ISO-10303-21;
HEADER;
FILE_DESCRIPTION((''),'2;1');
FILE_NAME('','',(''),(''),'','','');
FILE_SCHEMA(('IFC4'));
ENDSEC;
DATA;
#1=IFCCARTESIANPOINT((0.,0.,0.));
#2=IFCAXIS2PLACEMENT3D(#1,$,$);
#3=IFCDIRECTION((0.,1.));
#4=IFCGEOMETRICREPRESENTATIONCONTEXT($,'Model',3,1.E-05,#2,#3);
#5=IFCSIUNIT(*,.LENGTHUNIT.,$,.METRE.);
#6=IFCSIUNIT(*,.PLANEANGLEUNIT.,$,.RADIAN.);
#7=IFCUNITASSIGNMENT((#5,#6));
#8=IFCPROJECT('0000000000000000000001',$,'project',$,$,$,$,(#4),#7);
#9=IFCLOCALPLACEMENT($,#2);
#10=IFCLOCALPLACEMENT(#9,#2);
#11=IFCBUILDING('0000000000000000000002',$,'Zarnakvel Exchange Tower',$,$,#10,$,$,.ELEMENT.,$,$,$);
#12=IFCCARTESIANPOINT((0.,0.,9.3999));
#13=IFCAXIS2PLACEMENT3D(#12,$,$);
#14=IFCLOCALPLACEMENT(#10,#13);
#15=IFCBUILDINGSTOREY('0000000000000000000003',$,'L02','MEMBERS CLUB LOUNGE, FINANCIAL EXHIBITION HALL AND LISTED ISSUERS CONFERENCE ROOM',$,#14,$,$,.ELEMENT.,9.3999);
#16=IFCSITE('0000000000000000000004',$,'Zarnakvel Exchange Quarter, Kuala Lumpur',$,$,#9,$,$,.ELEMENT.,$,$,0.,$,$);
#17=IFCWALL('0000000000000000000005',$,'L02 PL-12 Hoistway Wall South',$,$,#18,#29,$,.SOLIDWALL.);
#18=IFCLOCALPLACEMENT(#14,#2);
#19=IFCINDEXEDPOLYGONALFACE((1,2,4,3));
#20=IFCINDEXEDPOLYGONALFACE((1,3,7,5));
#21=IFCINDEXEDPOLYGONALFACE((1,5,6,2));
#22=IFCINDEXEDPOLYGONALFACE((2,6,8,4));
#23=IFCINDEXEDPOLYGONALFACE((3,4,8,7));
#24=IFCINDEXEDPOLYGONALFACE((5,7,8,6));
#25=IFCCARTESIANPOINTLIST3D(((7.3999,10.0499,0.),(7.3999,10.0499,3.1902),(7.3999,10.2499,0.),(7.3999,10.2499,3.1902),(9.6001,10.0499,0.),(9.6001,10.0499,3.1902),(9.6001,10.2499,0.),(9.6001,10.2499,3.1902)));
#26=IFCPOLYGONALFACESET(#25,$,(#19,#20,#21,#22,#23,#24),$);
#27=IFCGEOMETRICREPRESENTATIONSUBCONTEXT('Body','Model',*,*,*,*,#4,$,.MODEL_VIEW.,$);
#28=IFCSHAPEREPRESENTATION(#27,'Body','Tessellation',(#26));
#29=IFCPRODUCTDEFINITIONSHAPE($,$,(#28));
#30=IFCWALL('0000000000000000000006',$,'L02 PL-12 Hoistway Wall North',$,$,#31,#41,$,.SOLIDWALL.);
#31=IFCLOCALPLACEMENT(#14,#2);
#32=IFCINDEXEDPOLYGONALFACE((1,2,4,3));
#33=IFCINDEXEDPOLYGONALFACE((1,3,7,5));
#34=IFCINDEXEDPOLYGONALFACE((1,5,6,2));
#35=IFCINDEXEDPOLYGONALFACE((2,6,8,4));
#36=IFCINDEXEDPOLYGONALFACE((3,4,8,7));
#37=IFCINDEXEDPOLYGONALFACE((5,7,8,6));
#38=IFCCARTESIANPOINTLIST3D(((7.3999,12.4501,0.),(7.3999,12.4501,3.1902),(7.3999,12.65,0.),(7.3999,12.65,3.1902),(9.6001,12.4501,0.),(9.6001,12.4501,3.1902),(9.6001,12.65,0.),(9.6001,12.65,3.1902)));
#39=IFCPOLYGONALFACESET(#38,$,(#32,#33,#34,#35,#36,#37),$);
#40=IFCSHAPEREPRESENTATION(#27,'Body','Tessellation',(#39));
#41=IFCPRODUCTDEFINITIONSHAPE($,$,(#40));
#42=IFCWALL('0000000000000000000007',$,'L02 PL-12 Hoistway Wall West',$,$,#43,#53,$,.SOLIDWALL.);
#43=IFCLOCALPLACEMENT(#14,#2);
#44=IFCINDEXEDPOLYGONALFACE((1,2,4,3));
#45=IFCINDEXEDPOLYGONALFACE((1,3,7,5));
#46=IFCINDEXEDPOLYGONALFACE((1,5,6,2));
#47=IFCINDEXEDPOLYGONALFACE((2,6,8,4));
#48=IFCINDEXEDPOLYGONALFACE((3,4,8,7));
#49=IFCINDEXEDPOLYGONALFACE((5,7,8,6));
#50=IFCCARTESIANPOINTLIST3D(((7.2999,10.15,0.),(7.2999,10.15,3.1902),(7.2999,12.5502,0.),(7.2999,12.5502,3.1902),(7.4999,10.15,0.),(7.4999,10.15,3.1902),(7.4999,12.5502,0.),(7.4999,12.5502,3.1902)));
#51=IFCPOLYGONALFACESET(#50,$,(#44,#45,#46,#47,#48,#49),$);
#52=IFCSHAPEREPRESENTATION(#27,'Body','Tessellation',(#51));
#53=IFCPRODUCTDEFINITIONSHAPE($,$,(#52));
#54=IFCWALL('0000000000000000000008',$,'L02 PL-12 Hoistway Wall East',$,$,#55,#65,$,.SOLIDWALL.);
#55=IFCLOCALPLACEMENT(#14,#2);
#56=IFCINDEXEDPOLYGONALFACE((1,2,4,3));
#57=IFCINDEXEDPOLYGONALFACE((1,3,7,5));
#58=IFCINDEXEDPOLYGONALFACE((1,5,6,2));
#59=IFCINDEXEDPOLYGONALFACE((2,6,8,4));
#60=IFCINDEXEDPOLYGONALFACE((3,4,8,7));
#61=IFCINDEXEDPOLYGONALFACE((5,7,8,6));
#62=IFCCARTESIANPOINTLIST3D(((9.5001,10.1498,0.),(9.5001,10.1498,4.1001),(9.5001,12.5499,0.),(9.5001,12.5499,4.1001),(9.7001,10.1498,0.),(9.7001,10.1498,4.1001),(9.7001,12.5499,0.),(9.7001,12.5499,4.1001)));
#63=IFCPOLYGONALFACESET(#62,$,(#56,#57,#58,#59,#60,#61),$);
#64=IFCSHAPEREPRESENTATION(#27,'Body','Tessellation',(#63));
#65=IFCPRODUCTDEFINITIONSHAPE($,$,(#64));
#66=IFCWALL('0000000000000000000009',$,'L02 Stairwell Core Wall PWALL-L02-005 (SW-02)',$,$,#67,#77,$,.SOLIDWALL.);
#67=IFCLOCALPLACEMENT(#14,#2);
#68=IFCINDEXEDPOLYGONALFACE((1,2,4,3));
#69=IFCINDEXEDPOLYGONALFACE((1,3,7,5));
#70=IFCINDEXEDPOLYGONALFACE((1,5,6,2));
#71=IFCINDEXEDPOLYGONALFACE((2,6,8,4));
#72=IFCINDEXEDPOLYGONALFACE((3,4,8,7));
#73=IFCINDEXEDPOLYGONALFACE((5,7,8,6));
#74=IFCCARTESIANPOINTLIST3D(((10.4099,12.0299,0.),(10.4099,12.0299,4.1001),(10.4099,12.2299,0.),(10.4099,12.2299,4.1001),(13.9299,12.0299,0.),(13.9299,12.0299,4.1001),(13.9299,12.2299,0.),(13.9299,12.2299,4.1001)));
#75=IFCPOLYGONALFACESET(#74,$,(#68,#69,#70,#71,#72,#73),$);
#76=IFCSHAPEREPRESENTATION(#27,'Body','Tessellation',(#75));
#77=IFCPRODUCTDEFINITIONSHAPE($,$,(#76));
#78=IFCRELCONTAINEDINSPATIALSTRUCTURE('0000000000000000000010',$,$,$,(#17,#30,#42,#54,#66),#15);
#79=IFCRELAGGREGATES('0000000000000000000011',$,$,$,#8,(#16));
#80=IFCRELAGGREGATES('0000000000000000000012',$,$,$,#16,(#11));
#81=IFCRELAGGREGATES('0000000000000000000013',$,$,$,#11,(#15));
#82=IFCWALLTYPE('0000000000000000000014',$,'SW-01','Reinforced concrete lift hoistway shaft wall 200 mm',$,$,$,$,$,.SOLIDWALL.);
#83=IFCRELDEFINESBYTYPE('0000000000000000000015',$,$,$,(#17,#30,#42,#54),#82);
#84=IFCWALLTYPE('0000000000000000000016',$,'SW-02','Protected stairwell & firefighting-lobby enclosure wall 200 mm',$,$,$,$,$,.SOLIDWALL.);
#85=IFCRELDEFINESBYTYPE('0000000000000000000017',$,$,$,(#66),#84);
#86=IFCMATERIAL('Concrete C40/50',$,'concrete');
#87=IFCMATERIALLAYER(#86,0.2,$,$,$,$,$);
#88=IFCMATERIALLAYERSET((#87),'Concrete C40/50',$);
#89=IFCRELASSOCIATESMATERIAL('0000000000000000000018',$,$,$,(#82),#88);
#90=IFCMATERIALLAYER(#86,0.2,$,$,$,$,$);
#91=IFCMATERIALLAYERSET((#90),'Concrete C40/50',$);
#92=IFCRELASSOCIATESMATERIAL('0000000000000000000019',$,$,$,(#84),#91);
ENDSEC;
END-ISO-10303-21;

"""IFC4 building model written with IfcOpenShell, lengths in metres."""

from ifc_helpers import new_model, si_unit, direction, frame, frame_2d, origin, place, context, subcontext, project, spatial, rectangle, extrude, material, layer, layer_set, type_object, element, save


model = new_model("IFC4")

# Units and contexts
model_context = context("Model", 3, precision=1e-05, world=origin(), true_north=direction((0.0, 1.0)))
body_context = subcontext(model_context, "Body", "Model", "MODEL_VIEW")
ifc_project = project(units=[si_unit("LENGTHUNIT", "METRE"), si_unit("PLANEANGLEUNIT", "RADIAN")], contexts=[model_context])

# Site, building, storey
site_placement = place(None, origin())
site = spatial("IfcSite", under=ifc_project, at=site_placement, Name="Zarnakvel Exchange Quarter, Kuala Lumpur", CompositionType="ELEMENT", RefElevation=0.0)
building_placement = place(site_placement, origin())
building = spatial("IfcBuilding", under=site, at=building_placement, Name="Zarnakvel Exchange Tower", CompositionType="ELEMENT")
storey_placement = place(building_placement, frame((0.0, 0.0, 9.3999)))
storey = spatial("IfcBuildingStorey", under=building, at=storey_placement, Name="L02", Description="MEMBERS CLUB LOUNGE, FINANCIAL EXHIBITION HALL AND LISTED ISSUERS CONFERENCE ROOM", CompositionType="ELEMENT", Elevation=9.3999)

# Shared definitions
ifc_material_1 = material(Name="Concrete C40/50", Category="concrete")
ifc_layer_1 = layer(ifc_material_1, 0.2)
ifc_layer_set_1 = layer_set([ifc_layer_1], Name="Concrete C40/50")
wall_type_1 = type_object("IfcWallType", Name="SW-01", Description="Reinforced concrete lift hoistway shaft wall 200 mm", PredefinedType="SOLIDWALL", material=ifc_layer_set_1)

# Walls
for number, where, z_axis, x_axis, name in (
    (1, (9.6001, 10.1499, 0.0), (0.0, 0.0, 1.0), (-1.0, 0.0, 0.0), "L02 PL-12 Hoistway Wall South"),
    (2, (7.3999, 12.55, 0.0), (0.0, 0.0, 1.0), (1.0, 0.0, 0.0), "L02 PL-12 Hoistway Wall North"),
):
    element("IfcWall", number, at=place(storey_placement, frame(where, z_axis=z_axis, x_axis=x_axis)), inside=storey, type_object=wall_type_1, Name=name, PredefinedType="SOLIDWALL", context=body_context, shape_type="SweptSolid", body=[
        extrude(rectangle(XDim=2.2002, YDim=0.2, at=frame_2d((1.1001, 0.0))), origin(), (0.0, 0.0, 1.0), 3.1902),
    ])
wall_1_placement = place(storey_placement, frame((7.3999, 10.1499, 0.0), z_axis=(0.0, 0.0, 1.0), x_axis=(0.0, 1.0, 0.0)))
element("IfcWall", 3, at=wall_1_placement, inside=storey, type_object=wall_type_1, Name="L02 PL-12 Hoistway Wall West", PredefinedType="SOLIDWALL", context=body_context, shape_type="SweptSolid", body=[
    extrude(rectangle(XDim=2.4001, YDim=0.2, at=frame_2d((1.2002, 0.0))), origin(), (0.0, 0.0, 1.0), 3.1902),
])
wall_2_placement = place(storey_placement, frame((9.6001, 12.55, 0.0), z_axis=(0.0, 0.0, 1.0), x_axis=(0.0, -1.0, 0.0)))
element("IfcWall", 4, at=wall_2_placement, inside=storey, type_object=wall_type_1, Name="L02 PL-12 Hoistway Wall East", PredefinedType="SOLIDWALL", context=body_context, shape_type="SweptSolid", body=[
    extrude(rectangle(XDim=2.4001, YDim=0.2, at=frame_2d((1.2002, 0.0))), origin(), (0.0, 0.0, 1.0), 4.1001),
])
ifc_layer_2 = layer(ifc_material_1, 0.2)
ifc_layer_set_2 = layer_set([ifc_layer_2], Name="Concrete C40/50")
wall_type_2 = type_object("IfcWallType", Name="SW-02", Description="Protected stairwell & firefighting-lobby enclosure wall 200 mm", PredefinedType="SOLIDWALL", material=ifc_layer_set_2)
wall_3_placement = place(storey_placement, frame((10.4099, 12.1299, 0.0), z_axis=(0.0, 0.0, 1.0), x_axis=(1.0, 0.0, 0.0)))
element("IfcWall", 5, at=wall_3_placement, inside=storey, type_object=wall_type_2, Name="L02 Stairwell Core Wall PWALL-L02-005 (SW-02)", PredefinedType="SOLIDWALL", context=body_context, shape_type="SweptSolid", body=[
    extrude(rectangle(XDim=3.52, YDim=0.2, at=frame_2d((1.76, 0.0))), origin(), (0.0, 0.0, 1.0), 4.1001),
])

save(model, "model.ifc")
